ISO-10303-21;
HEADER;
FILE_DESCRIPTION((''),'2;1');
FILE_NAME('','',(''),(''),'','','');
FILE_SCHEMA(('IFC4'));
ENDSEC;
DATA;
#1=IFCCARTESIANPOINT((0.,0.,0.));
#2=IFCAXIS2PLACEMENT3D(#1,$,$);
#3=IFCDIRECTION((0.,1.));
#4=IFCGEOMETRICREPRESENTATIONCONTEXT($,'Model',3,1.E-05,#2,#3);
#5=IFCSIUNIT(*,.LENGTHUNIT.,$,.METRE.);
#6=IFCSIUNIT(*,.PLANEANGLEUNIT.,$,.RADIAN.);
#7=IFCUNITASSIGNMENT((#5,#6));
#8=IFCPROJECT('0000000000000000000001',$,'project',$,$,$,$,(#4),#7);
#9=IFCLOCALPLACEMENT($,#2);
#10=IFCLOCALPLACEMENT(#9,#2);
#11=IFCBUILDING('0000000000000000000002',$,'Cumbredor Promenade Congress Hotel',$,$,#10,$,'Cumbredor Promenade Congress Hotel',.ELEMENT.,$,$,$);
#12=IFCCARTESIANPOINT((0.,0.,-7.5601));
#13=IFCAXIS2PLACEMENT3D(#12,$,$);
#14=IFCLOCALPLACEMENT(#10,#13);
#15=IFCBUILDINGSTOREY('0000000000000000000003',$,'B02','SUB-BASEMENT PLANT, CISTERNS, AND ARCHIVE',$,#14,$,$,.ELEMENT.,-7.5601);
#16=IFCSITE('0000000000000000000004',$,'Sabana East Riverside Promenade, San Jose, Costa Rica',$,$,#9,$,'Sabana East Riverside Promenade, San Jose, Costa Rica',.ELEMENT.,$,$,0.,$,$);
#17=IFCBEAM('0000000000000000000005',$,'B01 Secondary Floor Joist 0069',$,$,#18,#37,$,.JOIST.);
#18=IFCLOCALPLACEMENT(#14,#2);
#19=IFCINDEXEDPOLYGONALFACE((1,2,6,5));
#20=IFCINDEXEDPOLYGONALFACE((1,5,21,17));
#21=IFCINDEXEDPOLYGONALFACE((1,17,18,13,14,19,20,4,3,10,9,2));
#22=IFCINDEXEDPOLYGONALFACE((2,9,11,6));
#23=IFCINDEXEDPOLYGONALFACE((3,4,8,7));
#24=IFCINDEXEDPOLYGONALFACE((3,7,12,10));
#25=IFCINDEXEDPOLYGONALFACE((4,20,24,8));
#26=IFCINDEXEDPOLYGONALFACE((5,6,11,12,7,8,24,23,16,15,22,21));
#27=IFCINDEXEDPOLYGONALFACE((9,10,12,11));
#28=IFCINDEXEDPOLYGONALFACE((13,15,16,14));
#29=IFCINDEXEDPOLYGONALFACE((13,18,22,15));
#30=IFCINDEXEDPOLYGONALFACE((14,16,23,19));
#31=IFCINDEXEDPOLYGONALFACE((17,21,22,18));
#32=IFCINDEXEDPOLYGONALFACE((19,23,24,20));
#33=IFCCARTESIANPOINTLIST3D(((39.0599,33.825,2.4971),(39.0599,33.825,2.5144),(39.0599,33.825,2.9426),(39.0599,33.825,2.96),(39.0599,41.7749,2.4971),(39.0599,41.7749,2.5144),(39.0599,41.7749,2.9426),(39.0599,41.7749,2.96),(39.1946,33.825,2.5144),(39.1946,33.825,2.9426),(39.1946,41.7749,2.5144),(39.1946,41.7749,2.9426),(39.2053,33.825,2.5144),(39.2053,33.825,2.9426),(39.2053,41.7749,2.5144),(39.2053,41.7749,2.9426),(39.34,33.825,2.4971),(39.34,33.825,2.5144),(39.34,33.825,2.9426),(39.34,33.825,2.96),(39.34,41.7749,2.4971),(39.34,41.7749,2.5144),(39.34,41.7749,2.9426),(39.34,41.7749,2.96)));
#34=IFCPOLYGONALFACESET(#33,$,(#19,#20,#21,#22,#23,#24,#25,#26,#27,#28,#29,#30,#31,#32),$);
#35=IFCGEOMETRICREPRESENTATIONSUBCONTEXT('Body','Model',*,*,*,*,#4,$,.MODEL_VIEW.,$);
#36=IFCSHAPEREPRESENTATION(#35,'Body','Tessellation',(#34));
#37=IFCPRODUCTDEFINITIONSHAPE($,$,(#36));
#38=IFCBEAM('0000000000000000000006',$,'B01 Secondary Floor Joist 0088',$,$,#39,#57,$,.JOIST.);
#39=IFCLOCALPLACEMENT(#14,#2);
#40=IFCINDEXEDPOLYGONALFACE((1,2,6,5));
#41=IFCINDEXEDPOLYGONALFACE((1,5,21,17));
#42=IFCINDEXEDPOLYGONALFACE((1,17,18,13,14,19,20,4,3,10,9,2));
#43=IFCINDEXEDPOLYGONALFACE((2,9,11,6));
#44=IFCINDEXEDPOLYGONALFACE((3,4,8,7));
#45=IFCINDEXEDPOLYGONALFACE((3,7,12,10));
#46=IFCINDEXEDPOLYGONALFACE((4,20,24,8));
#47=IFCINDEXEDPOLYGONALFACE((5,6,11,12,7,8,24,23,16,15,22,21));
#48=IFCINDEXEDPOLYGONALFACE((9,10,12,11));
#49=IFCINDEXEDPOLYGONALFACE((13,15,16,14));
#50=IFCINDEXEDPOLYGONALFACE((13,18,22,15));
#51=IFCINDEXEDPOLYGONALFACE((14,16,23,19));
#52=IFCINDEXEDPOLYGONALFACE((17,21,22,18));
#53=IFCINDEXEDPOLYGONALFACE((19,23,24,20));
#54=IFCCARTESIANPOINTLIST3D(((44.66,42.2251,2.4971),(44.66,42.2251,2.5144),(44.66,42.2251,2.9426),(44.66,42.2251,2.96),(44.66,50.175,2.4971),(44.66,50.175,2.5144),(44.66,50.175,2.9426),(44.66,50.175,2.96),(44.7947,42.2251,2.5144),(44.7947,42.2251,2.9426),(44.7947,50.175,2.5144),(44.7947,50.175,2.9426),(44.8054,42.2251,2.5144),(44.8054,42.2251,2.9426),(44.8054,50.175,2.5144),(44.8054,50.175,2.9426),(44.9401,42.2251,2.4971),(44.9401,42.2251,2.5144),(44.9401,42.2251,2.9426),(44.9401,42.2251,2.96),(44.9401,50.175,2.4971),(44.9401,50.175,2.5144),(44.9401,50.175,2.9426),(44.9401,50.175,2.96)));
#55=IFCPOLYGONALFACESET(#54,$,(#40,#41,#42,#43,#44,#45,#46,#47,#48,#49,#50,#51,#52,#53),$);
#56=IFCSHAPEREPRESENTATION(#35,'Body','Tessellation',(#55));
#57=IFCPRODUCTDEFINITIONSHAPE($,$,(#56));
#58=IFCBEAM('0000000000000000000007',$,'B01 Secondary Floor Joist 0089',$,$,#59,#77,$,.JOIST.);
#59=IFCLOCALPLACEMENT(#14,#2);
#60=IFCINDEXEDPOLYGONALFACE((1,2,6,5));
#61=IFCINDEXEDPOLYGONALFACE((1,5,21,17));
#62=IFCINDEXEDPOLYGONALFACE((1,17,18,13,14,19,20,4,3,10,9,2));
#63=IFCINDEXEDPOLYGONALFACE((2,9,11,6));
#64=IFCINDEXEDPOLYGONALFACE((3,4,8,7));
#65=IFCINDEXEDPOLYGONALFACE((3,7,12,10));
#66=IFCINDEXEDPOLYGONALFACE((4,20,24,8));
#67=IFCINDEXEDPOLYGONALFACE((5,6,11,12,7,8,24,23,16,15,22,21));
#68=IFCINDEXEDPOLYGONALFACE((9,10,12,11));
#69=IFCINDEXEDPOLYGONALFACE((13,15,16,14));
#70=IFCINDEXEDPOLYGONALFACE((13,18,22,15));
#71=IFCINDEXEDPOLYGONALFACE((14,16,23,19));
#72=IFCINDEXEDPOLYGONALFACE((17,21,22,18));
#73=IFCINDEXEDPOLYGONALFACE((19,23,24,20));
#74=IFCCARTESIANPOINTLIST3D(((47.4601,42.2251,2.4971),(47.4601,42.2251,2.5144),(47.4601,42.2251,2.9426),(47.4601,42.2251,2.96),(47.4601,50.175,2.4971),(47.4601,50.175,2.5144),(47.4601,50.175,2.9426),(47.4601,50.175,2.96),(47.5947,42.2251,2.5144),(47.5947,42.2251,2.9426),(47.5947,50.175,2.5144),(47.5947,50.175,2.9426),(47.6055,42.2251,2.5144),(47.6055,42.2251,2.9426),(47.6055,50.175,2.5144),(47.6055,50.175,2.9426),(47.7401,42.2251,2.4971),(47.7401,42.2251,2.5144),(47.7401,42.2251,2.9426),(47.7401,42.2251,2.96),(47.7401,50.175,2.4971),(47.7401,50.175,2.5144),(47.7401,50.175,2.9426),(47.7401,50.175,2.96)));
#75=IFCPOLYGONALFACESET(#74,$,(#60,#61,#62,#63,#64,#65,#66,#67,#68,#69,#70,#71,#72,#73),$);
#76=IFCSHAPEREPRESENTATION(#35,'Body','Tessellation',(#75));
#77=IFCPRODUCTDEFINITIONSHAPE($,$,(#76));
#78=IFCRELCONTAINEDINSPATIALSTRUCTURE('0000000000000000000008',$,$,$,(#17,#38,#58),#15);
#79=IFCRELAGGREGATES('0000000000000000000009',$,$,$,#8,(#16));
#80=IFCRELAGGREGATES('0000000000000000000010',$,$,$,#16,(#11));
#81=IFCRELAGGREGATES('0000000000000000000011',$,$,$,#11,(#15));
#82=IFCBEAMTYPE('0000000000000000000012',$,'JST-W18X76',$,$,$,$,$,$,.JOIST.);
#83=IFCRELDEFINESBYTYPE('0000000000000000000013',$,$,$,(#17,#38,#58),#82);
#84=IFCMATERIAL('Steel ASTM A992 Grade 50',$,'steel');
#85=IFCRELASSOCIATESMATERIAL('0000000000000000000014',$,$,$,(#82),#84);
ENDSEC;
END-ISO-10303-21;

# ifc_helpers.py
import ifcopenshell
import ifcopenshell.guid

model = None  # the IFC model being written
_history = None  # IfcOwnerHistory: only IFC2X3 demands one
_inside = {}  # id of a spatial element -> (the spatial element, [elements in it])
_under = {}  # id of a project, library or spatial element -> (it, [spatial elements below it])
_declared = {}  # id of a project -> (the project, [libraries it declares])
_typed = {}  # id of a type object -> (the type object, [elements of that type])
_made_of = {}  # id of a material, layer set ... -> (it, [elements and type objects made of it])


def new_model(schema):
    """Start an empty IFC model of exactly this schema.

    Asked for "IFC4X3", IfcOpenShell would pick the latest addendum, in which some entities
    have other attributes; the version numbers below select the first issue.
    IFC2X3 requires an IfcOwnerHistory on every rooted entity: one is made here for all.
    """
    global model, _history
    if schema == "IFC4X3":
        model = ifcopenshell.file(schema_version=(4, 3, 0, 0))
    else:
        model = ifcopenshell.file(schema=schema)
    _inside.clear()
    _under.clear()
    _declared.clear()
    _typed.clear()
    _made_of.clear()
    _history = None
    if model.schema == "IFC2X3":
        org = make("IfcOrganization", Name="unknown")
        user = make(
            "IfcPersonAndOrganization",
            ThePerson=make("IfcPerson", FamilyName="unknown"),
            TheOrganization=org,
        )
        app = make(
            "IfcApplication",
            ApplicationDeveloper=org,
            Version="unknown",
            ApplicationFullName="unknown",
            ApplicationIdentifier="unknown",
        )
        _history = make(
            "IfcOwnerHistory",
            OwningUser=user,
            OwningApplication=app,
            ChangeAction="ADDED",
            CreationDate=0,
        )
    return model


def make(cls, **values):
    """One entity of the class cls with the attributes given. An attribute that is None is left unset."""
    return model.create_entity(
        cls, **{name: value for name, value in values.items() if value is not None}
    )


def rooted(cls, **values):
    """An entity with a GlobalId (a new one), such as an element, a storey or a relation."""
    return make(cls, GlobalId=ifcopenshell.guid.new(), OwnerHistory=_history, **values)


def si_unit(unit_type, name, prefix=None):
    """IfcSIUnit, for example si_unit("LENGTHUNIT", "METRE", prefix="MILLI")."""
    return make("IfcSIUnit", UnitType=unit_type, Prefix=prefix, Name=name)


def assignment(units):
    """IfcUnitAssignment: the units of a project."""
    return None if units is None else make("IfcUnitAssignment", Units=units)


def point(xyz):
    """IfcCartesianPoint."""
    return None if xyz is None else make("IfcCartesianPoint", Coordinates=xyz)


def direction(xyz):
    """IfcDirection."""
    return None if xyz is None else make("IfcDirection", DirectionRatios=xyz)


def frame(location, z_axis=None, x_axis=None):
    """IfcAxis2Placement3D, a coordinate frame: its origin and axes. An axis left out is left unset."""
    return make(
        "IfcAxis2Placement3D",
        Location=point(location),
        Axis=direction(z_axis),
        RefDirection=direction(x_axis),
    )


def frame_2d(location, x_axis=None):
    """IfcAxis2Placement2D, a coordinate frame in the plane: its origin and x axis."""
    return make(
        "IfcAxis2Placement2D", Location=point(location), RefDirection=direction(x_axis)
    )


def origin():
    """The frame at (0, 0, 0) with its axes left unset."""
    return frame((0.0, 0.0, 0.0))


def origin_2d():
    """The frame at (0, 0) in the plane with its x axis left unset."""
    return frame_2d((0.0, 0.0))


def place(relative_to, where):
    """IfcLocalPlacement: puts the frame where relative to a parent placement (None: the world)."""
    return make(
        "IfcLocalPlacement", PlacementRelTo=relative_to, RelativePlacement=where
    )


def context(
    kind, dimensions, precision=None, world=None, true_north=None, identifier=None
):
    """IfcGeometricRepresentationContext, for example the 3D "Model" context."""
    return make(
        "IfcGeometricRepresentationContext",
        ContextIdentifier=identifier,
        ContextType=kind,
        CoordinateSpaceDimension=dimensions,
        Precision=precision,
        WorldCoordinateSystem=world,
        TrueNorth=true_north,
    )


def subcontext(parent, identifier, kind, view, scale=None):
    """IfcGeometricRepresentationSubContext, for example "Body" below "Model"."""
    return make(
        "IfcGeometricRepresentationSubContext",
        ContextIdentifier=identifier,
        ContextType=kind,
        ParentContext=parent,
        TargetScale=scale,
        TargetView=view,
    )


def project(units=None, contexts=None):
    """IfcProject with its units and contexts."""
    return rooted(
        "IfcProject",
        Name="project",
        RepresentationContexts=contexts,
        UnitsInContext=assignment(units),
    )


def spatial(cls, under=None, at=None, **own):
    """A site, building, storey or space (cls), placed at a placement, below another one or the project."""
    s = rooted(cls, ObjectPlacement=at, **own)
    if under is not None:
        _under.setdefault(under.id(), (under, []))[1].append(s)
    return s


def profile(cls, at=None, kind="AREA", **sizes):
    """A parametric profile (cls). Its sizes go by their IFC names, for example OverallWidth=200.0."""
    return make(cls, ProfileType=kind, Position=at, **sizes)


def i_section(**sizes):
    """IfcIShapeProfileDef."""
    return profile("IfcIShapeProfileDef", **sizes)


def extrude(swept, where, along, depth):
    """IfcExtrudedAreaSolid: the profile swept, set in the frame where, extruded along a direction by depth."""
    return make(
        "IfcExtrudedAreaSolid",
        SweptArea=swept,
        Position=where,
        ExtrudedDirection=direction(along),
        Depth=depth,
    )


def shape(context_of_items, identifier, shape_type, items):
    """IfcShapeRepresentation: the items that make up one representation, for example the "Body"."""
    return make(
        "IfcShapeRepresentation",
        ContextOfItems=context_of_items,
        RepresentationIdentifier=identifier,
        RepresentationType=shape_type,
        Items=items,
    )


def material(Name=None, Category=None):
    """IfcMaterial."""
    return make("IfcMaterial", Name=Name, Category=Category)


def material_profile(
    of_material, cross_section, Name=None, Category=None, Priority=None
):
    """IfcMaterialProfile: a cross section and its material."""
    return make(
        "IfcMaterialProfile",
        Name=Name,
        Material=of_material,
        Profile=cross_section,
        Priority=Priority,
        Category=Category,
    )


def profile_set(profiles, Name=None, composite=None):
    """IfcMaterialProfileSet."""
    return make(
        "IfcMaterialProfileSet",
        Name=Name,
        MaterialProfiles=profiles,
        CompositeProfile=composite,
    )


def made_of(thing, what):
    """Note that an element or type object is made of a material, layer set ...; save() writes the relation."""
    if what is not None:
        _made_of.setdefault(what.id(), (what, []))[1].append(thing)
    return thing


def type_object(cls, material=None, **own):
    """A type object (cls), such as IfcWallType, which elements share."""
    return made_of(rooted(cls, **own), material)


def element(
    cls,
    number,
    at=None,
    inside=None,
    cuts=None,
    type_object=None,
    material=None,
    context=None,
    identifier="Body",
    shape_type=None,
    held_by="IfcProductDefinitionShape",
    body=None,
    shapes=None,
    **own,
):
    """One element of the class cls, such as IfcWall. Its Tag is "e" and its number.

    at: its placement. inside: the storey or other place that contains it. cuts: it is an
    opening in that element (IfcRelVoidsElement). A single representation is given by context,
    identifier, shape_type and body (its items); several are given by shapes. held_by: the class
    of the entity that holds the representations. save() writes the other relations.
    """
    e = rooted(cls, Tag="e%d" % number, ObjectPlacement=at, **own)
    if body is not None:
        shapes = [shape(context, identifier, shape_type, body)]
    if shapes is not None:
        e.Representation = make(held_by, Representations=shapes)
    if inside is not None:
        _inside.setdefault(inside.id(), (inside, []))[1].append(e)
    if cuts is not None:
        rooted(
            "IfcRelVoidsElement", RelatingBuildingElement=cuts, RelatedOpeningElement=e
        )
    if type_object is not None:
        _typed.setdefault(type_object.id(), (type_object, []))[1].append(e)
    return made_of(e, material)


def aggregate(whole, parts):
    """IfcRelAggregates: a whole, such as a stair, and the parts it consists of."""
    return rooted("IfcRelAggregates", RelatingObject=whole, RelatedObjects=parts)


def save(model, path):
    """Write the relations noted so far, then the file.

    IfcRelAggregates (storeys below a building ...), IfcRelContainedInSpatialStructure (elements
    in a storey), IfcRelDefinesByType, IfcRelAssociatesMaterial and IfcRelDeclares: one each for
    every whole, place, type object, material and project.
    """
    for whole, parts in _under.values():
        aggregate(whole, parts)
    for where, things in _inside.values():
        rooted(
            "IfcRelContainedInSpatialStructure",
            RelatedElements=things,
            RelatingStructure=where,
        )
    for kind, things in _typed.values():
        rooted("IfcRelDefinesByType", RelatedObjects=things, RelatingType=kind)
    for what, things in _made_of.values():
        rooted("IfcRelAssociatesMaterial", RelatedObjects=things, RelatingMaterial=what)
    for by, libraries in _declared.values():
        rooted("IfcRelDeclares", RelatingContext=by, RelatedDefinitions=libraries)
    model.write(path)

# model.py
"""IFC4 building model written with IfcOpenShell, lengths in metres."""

from ifc_helpers import new_model, si_unit, direction, frame, origin, origin_2d, place, context, subcontext, project, spatial, i_section, extrude, material, material_profile, profile_set, type_object, element, save


model = new_model("IFC4")

# Units and contexts
model_context = context("Model", 3, precision=1e-05, world=origin(), true_north=direction((0.0, 1.0)))
body_context = subcontext(model_context, "Body", "Model", "MODEL_VIEW")
ifc_project = project(units=[si_unit("LENGTHUNIT", "METRE"), si_unit("PLANEANGLEUNIT", "RADIAN")], contexts=[model_context])

# Site, building, storey
site_placement = place(None, origin())
site = spatial("IfcSite", under=ifc_project, at=site_placement, Name="Sabana East Riverside Promenade, San Jose, Costa Rica", LongName="Sabana East Riverside Promenade, San Jose, Costa Rica", CompositionType="ELEMENT", RefElevation=0.0)
building_placement = place(site_placement, origin())
building = spatial("IfcBuilding", under=site, at=building_placement, Name="Cumbredor Promenade Congress Hotel", LongName="Cumbredor Promenade Congress Hotel", CompositionType="ELEMENT")
storey_placement = place(building_placement, frame((0.0, 0.0, -7.5601)))
storey = spatial("IfcBuildingStorey", under=building, at=storey_placement, Name="B02", Description="SUB-BASEMENT PLANT, CISTERNS, AND ARCHIVE", CompositionType="ELEMENT", Elevation=-7.5601)

# Beams
ifc_material_1 = material(Name="Steel ASTM A992 Grade 50", Category="steel")
ifc_material_profile_1 = material_profile(ifc_material_1, i_section(OverallWidth=0.28, OverallDepth=0.4629, WebThickness=0.0107, FlangeThickness=0.0173, at=origin_2d()), Name="W18X76")
ifc_profile_set_1 = profile_set([ifc_material_profile_1], Name="Steel ASTM A992 Grade 50")
beam_type_1 = type_object("IfcBeamType", Name="JST-W18X76", PredefinedType="JOIST", material=ifc_profile_set_1)
for number, where, z_axis, x_axis, name in (
    (1, (39.2, 33.825, 2.7285), (0.0, 1.0, 0.0), (-1.0, 0.0, 0.0), "B01 Secondary Floor Joist 0069"),
    (2, (44.8, 42.2251, 2.7285), (0.0, 1.0, 0.0), (-1.0, 0.0, 0.0), "B01 Secondary Floor Joist 0088"),
    (3, (47.6001, 42.2251, 2.7285), (0.0, 1.0, 0.0), (-1.0, 0.0, 0.0), "B01 Secondary Floor Joist 0089"),
):
    element("IfcBeam", number, at=place(storey_placement, frame(where, z_axis=z_axis, x_axis=x_axis)), inside=storey, type_object=beam_type_1, Name=name, PredefinedType="JOIST", context=body_context, shape_type="SweptSolid", body=[
        extrude(i_section(OverallWidth=0.28, OverallDepth=0.4629, WebThickness=0.0107, FlangeThickness=0.0173, at=origin_2d()), origin(), (0.0, 0.0, 1.0), 7.95),
    ])

save(model, "model.ifc")
